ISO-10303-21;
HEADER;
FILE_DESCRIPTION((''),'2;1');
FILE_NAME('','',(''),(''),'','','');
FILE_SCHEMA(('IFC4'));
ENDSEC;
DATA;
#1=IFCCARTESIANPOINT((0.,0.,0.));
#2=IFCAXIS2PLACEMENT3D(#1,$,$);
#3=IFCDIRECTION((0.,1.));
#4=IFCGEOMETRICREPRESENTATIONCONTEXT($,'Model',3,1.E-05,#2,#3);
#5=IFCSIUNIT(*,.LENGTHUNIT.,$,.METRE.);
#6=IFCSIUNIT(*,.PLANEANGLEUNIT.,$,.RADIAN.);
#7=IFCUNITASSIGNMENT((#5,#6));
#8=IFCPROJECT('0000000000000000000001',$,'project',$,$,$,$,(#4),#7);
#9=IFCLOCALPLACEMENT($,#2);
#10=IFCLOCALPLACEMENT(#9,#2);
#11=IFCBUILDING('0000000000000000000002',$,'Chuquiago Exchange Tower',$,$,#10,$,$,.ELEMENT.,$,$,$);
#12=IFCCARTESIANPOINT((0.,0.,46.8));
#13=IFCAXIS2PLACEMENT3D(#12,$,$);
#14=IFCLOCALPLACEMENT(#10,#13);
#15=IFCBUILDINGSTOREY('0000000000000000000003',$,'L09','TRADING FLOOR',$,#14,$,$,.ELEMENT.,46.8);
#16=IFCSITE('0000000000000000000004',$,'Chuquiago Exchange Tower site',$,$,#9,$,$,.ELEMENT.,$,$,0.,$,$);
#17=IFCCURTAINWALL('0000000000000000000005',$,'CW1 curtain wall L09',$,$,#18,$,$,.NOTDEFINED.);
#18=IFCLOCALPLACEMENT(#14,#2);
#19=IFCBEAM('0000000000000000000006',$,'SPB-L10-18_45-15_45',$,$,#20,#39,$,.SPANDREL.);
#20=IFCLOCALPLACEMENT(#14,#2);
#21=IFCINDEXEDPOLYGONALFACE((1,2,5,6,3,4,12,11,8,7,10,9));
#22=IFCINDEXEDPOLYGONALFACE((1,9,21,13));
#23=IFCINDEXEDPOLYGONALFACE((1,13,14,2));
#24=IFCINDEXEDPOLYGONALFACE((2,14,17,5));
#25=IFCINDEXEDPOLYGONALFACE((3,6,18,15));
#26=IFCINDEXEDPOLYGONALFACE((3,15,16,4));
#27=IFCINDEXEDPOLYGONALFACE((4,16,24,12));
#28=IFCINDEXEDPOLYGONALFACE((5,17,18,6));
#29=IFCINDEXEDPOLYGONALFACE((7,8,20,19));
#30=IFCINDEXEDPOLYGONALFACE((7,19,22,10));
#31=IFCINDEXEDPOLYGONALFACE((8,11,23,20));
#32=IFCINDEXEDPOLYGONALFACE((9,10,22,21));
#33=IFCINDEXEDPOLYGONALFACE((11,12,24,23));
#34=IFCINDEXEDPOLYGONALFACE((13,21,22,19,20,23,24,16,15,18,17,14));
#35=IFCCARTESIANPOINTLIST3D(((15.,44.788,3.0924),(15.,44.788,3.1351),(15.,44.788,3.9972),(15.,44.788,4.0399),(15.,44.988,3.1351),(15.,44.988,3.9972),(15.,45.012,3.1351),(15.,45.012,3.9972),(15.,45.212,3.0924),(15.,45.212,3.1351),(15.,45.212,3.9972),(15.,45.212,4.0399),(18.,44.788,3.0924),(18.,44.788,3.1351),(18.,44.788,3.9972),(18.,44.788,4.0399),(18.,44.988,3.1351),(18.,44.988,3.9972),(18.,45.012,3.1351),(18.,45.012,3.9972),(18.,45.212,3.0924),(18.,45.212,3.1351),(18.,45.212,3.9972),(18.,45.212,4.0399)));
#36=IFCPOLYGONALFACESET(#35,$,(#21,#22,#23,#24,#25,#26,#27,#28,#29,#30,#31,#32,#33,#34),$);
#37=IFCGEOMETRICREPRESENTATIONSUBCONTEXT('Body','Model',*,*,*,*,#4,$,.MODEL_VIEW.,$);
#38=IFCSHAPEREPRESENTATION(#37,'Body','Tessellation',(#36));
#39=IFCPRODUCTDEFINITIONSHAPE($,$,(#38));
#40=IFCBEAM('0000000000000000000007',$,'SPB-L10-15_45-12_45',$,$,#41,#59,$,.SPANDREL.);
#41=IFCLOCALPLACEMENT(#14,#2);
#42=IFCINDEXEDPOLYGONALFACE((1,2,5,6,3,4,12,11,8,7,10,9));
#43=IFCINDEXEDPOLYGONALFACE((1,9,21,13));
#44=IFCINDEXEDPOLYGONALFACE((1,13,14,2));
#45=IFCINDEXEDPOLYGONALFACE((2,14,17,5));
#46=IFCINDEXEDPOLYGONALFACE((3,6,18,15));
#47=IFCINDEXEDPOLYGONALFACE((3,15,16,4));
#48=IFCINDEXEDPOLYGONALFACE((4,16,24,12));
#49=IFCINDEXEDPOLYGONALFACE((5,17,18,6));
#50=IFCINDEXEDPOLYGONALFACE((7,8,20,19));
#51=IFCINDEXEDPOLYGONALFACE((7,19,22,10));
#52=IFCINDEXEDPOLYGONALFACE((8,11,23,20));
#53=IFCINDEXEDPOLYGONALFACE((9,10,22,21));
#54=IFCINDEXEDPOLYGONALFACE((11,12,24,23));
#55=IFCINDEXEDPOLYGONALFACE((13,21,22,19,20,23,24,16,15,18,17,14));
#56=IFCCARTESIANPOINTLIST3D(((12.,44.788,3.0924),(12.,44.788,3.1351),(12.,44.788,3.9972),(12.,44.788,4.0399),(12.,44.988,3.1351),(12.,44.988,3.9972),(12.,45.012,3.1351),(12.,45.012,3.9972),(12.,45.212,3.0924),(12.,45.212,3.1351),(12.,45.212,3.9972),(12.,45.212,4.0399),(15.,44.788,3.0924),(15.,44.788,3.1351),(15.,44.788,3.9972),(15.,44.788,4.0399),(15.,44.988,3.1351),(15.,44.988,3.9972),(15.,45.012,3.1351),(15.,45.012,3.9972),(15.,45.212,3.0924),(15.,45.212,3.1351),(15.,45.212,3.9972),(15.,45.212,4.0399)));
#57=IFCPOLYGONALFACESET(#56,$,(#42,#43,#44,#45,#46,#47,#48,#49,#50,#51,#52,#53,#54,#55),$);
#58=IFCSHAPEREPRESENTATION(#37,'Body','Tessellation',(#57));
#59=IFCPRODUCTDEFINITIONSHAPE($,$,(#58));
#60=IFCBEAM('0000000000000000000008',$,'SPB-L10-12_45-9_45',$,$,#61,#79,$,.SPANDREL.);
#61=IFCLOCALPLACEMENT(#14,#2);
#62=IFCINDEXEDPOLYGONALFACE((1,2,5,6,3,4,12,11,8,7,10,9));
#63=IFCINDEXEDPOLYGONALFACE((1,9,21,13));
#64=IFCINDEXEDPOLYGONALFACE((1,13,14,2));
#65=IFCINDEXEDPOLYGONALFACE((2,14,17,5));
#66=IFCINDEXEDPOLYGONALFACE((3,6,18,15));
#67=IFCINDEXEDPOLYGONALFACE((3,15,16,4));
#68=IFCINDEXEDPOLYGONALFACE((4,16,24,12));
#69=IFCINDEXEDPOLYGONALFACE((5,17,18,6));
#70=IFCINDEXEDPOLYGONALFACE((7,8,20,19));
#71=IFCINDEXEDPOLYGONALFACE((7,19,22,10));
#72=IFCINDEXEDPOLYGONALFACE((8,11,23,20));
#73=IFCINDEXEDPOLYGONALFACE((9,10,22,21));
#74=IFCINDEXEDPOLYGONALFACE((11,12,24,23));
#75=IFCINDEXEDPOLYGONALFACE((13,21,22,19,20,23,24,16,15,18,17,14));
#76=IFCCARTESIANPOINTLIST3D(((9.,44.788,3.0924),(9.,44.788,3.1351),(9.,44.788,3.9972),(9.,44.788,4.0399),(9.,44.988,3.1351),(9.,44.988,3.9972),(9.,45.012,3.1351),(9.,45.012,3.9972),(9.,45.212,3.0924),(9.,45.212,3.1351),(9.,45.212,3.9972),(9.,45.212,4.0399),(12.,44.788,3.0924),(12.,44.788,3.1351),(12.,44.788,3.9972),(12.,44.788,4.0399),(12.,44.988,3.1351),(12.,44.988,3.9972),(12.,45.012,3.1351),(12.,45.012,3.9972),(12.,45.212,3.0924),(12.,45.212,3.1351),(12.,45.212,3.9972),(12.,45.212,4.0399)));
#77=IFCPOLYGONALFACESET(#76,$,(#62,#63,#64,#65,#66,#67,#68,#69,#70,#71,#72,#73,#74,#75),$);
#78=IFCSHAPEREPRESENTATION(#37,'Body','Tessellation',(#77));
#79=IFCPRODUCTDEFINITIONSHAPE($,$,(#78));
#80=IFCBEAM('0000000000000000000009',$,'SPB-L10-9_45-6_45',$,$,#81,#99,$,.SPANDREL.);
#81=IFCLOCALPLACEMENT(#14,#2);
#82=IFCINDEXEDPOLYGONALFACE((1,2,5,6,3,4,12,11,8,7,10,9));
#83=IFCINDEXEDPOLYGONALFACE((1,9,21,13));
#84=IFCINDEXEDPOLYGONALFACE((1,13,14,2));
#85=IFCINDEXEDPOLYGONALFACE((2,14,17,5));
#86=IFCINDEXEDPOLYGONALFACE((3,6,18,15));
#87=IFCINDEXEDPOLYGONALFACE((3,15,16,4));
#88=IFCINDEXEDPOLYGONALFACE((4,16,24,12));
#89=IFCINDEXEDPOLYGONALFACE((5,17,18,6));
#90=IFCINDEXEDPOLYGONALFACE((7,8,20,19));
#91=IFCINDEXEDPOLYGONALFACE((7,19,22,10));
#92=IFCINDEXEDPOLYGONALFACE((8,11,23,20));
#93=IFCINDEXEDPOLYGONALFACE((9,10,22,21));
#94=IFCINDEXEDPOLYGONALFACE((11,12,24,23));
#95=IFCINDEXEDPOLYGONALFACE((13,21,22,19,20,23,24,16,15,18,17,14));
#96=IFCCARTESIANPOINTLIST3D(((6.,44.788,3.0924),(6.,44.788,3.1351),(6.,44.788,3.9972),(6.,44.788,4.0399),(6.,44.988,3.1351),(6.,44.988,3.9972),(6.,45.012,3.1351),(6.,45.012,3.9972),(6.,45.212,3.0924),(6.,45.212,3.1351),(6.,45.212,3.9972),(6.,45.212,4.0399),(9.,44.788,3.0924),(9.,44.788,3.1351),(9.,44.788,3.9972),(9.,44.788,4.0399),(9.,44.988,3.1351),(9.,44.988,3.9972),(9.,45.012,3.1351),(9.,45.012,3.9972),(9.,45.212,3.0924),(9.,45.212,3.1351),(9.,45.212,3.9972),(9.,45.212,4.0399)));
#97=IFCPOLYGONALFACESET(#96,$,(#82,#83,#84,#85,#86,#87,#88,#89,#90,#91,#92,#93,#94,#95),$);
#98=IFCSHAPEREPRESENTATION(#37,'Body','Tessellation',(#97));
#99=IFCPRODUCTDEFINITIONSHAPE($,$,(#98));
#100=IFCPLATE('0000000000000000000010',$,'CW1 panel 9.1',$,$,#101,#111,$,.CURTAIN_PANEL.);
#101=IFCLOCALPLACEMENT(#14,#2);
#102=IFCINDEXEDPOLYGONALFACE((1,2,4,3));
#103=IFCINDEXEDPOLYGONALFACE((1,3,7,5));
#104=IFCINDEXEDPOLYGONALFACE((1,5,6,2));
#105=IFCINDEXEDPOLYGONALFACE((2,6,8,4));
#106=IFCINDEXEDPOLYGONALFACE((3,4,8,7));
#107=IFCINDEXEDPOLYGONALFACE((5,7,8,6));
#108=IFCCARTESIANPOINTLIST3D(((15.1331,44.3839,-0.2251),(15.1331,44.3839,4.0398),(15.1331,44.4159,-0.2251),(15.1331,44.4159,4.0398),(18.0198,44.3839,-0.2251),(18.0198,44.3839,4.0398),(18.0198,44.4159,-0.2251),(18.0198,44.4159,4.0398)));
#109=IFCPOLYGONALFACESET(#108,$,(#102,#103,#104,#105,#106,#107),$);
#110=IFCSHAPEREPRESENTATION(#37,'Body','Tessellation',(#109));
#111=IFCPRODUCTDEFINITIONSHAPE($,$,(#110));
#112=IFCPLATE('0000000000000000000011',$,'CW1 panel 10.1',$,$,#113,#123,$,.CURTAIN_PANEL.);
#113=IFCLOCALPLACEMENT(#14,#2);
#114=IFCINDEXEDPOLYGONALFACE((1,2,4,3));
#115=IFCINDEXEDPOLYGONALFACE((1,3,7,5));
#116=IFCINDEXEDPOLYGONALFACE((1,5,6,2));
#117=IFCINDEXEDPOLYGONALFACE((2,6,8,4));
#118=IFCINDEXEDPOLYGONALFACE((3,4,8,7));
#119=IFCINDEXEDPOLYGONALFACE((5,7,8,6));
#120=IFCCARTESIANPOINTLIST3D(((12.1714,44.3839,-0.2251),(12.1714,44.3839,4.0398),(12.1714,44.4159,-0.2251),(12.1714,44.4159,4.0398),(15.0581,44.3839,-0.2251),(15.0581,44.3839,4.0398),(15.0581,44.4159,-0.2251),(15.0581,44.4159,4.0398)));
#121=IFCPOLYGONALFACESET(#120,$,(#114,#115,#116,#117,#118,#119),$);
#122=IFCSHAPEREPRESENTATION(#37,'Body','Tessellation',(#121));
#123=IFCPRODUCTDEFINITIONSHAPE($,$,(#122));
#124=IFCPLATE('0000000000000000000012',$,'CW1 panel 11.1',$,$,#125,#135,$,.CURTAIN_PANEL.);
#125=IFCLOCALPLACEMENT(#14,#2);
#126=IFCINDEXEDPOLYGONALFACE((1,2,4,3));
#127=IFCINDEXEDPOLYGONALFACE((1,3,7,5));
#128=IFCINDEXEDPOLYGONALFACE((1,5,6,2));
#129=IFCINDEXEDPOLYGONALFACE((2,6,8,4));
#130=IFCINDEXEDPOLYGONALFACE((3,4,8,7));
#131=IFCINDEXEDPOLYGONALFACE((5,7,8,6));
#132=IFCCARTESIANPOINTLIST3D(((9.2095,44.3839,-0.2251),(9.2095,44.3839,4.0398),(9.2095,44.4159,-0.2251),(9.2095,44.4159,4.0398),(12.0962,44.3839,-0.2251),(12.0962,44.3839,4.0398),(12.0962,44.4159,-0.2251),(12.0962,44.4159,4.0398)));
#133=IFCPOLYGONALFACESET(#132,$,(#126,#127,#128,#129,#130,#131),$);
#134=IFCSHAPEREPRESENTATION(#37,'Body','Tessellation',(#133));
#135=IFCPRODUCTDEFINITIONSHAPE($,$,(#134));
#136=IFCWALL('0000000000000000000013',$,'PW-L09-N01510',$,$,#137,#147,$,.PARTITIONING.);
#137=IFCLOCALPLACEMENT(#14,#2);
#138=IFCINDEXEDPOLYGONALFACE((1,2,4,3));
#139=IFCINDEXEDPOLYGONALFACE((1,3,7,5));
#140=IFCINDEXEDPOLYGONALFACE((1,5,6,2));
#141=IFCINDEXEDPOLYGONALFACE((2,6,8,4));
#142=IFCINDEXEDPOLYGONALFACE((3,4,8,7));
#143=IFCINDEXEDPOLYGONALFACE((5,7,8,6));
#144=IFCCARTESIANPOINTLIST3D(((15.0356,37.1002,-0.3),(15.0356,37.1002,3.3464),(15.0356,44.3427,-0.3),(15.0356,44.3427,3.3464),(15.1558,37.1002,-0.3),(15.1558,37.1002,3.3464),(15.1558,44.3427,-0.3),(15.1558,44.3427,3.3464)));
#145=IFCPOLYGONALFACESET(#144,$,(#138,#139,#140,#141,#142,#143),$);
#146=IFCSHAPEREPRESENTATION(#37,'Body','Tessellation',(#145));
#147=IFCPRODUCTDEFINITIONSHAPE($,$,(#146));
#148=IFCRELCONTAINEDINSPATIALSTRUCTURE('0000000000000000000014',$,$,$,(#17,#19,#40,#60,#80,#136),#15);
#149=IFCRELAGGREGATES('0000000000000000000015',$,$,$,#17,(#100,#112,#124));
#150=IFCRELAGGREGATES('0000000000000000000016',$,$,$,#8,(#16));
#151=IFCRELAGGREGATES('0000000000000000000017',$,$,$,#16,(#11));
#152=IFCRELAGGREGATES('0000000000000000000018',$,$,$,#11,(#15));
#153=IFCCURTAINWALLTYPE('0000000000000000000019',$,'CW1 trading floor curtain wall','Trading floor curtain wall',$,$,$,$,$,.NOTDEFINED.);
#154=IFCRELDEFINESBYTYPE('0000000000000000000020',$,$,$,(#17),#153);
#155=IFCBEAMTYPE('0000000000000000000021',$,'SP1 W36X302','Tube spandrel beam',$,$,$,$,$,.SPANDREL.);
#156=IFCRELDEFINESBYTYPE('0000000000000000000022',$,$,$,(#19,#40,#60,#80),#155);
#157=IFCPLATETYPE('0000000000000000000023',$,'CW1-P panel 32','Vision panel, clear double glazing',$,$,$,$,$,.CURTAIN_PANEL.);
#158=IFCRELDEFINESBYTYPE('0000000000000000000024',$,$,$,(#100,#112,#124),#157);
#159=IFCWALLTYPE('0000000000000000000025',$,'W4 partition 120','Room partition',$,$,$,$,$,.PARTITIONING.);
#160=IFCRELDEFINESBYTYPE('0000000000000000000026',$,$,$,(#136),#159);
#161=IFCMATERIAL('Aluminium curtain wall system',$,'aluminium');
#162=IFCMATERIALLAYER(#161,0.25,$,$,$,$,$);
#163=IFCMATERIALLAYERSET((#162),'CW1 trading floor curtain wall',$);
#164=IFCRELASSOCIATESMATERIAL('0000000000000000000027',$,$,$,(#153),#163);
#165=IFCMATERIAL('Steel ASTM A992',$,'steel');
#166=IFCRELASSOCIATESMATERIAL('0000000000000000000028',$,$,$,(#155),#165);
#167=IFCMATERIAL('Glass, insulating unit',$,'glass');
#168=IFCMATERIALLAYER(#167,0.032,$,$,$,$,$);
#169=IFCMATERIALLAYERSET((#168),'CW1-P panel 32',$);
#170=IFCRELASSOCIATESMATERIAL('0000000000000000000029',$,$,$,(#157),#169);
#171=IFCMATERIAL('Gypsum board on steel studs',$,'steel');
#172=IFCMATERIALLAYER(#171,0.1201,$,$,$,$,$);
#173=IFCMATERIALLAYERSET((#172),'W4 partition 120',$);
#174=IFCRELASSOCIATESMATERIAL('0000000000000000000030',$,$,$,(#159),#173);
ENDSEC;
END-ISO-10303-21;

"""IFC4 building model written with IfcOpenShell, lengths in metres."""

from ifc_helpers import new_model, si_unit, direction, frame, frame_2d, origin, origin_2d, place, context, subcontext, project, spatial, rectangle, i_section, extrude, material, layer, layer_set, material_profile, profile_set, type_object, element, aggregate, save


model = new_model("IFC4")

# Units and contexts
model_context = context("Model", 3, precision=1e-05, world=origin(), true_north=direction((0.0, 1.0)))
body_context = subcontext(model_context, "Body", "Model", "MODEL_VIEW")
ifc_project = project(units=[si_unit("LENGTHUNIT", "METRE"), si_unit("PLANEANGLEUNIT", "RADIAN")], contexts=[model_context])

# Site, building, storey
site_placement = place(None, origin())
site = spatial("IfcSite", under=ifc_project, at=site_placement, Name="Chuquiago Exchange Tower site", CompositionType="ELEMENT", RefElevation=0.0)
building_placement = place(site_placement, origin())
building = spatial("IfcBuilding", under=site, at=building_placement, Name="Chuquiago Exchange Tower", CompositionType="ELEMENT")
storey_placement = place(building_placement, frame((0.0, 0.0, 46.8)))
storey = spatial("IfcBuildingStorey", under=building, at=storey_placement, Name="L09", Description="TRADING FLOOR", CompositionType="ELEMENT", Elevation=46.8)

# Curtain wall
ifc_material_1 = material(Name="Aluminium curtain wall system", Category="aluminium")
ifc_layer_1 = layer(ifc_material_1, 0.25)
ifc_layer_set_1 = layer_set([ifc_layer_1], Name="CW1 trading floor curtain wall")
curtain_wall_type = type_object("IfcCurtainWallType", Name="CW1 trading floor curtain wall", Description="Trading floor curtain wall", PredefinedType="NOTDEFINED", material=ifc_layer_set_1)
curtain_wall_placement = place(storey_placement, origin())
curtain_wall = element("IfcCurtainWall", 1, at=curtain_wall_placement, inside=storey, type_object=curtain_wall_type, Name="CW1 curtain wall L09", PredefinedType="NOTDEFINED")

# Beams
ifc_material_2 = material(Name="Steel ASTM A992", Category="steel")
ifc_material_profile_1 = material_profile(ifc_material_2, i_section(OverallWidth=0.4241, OverallDepth=0.9475, WebThickness=0.0239, FlangeThickness=0.0427, at=origin_2d()), Name="W36X302")
ifc_profile_set_1 = profile_set([ifc_material_profile_1], Name="Steel ASTM A992")
beam_type = type_object("IfcBeamType", Name="SP1 W36X302", Description="Tube spandrel beam", PredefinedType="SPANDREL", material=ifc_profile_set_1)
for number, where, z_axis, x_axis, name in (
    (2, (18.0, 45.0, 3.5662), (-1.0, 0.0, 0.0), (0.0, -1.0, 0.0), "SPB-L10-18_45-15_45"),
    (3, (15.0, 45.0, 3.5662), (-1.0, 0.0, 0.0), (0.0, -1.0, 0.0), "SPB-L10-15_45-12_45"),
    (4, (12.0, 45.0, 3.5662), (-1.0, 0.0, 0.0), (0.0, -1.0, 0.0), "SPB-L10-12_45-9_45"),
    (5, (9.0, 45.0, 3.5662), (-1.0, 0.0, 0.0), (0.0, -1.0, 0.0), "SPB-L10-9_45-6_45"),
):
    element("IfcBeam", number, at=place(storey_placement, frame(where, z_axis=z_axis, x_axis=x_axis)), inside=storey, type_object=beam_type, Name=name, PredefinedType="SPANDREL", context=body_context, shape_type="SweptSolid", body=[
        extrude(i_section(OverallWidth=0.4241, OverallDepth=0.9475, WebThickness=0.0239, FlangeThickness=0.0427, at=origin_2d()), origin(), (0.0, 0.0, 1.0), 3.0),
    ])

# Plates
ifc_material_3 = material(Name="Glass, insulating unit", Category="glass")
ifc_layer_2 = layer(ifc_material_3, 0.032)
ifc_layer_set_2 = layer_set([ifc_layer_2], Name="CW1-P panel 32")
plate_type = type_object("IfcPlateType", Name="CW1-P panel 32", Description="Vision panel, clear double glazing", PredefinedType="CURTAIN_PANEL", material=ifc_layer_set_2)
plate_1_placement = place(storey_placement, frame((16.5764, 44.3999, -0.2251), z_axis=(0.0, 0.0, 1.0), x_axis=(-1.0, 0.0, 0.0)))
plate_1 = element("IfcPlate", 6, at=plate_1_placement, type_object=plate_type, Name="CW1 panel 9.1", PredefinedType="CURTAIN_PANEL", context=body_context, shape_type="SweptSolid", body=[
    extrude(rectangle(XDim=2.8867, YDim=0.032, at=origin_2d()), origin(), (0.0, 0.0, 1.0), 4.2649),
])
plate_2_placement = place(storey_placement, frame((13.6147, 44.3999, -0.2251), z_axis=(0.0, 0.0, 1.0), x_axis=(-1.0, 0.0, 0.0)))
plate_2 = element("IfcPlate", 7, at=plate_2_placement, type_object=plate_type, Name="CW1 panel 10.1", PredefinedType="CURTAIN_PANEL", context=body_context, shape_type="SweptSolid", body=[
    extrude(rectangle(XDim=2.8867, YDim=0.032, at=origin_2d()), origin(), (0.0, 0.0, 1.0), 4.2649),
])
plate_3_placement = place(storey_placement, frame((10.6528, 44.3999, -0.2251), z_axis=(0.0, 0.0, 1.0), x_axis=(-1.0, 0.0, 0.0)))
plate_3 = element("IfcPlate", 8, at=plate_3_placement, type_object=plate_type, Name="CW1 panel 11.1", PredefinedType="CURTAIN_PANEL", context=body_context, shape_type="SweptSolid", body=[
    extrude(rectangle(XDim=2.8867, YDim=0.032, at=origin_2d()), origin(), (0.0, 0.0, 1.0), 4.2649),
])
aggregate(curtain_wall, [plate_1, plate_2, plate_3])

# Wall
ifc_material_4 = material(Name="Gypsum board on steel studs", Category="steel")
ifc_layer_3 = layer(ifc_material_4, 0.1201)
ifc_layer_set_3 = layer_set([ifc_layer_3], Name="W4 partition 120")
wall_type = type_object("IfcWallType", Name="W4 partition 120", Description="Room partition", PredefinedType="PARTITIONING", material=ifc_layer_set_3)
wall_placement = place(storey_placement, frame((15.0957, 44.3425, -0.3), z_axis=(0.0, 0.0, 1.0), x_axis=(0.0, -1.0, 0.0)))
element("IfcWall", 9, at=wall_placement, inside=storey, type_object=wall_type, Name="PW-L09-N01510", PredefinedType="PARTITIONING", context=body_context, shape_type="SweptSolid", body=[
    extrude(rectangle(XDim=7.2424, YDim=0.1201, at=frame_2d((3.6211, 0.0))), origin(), (0.0, 0.0, 1.0), 3.6465),
])

save(model, "model.ifc")
